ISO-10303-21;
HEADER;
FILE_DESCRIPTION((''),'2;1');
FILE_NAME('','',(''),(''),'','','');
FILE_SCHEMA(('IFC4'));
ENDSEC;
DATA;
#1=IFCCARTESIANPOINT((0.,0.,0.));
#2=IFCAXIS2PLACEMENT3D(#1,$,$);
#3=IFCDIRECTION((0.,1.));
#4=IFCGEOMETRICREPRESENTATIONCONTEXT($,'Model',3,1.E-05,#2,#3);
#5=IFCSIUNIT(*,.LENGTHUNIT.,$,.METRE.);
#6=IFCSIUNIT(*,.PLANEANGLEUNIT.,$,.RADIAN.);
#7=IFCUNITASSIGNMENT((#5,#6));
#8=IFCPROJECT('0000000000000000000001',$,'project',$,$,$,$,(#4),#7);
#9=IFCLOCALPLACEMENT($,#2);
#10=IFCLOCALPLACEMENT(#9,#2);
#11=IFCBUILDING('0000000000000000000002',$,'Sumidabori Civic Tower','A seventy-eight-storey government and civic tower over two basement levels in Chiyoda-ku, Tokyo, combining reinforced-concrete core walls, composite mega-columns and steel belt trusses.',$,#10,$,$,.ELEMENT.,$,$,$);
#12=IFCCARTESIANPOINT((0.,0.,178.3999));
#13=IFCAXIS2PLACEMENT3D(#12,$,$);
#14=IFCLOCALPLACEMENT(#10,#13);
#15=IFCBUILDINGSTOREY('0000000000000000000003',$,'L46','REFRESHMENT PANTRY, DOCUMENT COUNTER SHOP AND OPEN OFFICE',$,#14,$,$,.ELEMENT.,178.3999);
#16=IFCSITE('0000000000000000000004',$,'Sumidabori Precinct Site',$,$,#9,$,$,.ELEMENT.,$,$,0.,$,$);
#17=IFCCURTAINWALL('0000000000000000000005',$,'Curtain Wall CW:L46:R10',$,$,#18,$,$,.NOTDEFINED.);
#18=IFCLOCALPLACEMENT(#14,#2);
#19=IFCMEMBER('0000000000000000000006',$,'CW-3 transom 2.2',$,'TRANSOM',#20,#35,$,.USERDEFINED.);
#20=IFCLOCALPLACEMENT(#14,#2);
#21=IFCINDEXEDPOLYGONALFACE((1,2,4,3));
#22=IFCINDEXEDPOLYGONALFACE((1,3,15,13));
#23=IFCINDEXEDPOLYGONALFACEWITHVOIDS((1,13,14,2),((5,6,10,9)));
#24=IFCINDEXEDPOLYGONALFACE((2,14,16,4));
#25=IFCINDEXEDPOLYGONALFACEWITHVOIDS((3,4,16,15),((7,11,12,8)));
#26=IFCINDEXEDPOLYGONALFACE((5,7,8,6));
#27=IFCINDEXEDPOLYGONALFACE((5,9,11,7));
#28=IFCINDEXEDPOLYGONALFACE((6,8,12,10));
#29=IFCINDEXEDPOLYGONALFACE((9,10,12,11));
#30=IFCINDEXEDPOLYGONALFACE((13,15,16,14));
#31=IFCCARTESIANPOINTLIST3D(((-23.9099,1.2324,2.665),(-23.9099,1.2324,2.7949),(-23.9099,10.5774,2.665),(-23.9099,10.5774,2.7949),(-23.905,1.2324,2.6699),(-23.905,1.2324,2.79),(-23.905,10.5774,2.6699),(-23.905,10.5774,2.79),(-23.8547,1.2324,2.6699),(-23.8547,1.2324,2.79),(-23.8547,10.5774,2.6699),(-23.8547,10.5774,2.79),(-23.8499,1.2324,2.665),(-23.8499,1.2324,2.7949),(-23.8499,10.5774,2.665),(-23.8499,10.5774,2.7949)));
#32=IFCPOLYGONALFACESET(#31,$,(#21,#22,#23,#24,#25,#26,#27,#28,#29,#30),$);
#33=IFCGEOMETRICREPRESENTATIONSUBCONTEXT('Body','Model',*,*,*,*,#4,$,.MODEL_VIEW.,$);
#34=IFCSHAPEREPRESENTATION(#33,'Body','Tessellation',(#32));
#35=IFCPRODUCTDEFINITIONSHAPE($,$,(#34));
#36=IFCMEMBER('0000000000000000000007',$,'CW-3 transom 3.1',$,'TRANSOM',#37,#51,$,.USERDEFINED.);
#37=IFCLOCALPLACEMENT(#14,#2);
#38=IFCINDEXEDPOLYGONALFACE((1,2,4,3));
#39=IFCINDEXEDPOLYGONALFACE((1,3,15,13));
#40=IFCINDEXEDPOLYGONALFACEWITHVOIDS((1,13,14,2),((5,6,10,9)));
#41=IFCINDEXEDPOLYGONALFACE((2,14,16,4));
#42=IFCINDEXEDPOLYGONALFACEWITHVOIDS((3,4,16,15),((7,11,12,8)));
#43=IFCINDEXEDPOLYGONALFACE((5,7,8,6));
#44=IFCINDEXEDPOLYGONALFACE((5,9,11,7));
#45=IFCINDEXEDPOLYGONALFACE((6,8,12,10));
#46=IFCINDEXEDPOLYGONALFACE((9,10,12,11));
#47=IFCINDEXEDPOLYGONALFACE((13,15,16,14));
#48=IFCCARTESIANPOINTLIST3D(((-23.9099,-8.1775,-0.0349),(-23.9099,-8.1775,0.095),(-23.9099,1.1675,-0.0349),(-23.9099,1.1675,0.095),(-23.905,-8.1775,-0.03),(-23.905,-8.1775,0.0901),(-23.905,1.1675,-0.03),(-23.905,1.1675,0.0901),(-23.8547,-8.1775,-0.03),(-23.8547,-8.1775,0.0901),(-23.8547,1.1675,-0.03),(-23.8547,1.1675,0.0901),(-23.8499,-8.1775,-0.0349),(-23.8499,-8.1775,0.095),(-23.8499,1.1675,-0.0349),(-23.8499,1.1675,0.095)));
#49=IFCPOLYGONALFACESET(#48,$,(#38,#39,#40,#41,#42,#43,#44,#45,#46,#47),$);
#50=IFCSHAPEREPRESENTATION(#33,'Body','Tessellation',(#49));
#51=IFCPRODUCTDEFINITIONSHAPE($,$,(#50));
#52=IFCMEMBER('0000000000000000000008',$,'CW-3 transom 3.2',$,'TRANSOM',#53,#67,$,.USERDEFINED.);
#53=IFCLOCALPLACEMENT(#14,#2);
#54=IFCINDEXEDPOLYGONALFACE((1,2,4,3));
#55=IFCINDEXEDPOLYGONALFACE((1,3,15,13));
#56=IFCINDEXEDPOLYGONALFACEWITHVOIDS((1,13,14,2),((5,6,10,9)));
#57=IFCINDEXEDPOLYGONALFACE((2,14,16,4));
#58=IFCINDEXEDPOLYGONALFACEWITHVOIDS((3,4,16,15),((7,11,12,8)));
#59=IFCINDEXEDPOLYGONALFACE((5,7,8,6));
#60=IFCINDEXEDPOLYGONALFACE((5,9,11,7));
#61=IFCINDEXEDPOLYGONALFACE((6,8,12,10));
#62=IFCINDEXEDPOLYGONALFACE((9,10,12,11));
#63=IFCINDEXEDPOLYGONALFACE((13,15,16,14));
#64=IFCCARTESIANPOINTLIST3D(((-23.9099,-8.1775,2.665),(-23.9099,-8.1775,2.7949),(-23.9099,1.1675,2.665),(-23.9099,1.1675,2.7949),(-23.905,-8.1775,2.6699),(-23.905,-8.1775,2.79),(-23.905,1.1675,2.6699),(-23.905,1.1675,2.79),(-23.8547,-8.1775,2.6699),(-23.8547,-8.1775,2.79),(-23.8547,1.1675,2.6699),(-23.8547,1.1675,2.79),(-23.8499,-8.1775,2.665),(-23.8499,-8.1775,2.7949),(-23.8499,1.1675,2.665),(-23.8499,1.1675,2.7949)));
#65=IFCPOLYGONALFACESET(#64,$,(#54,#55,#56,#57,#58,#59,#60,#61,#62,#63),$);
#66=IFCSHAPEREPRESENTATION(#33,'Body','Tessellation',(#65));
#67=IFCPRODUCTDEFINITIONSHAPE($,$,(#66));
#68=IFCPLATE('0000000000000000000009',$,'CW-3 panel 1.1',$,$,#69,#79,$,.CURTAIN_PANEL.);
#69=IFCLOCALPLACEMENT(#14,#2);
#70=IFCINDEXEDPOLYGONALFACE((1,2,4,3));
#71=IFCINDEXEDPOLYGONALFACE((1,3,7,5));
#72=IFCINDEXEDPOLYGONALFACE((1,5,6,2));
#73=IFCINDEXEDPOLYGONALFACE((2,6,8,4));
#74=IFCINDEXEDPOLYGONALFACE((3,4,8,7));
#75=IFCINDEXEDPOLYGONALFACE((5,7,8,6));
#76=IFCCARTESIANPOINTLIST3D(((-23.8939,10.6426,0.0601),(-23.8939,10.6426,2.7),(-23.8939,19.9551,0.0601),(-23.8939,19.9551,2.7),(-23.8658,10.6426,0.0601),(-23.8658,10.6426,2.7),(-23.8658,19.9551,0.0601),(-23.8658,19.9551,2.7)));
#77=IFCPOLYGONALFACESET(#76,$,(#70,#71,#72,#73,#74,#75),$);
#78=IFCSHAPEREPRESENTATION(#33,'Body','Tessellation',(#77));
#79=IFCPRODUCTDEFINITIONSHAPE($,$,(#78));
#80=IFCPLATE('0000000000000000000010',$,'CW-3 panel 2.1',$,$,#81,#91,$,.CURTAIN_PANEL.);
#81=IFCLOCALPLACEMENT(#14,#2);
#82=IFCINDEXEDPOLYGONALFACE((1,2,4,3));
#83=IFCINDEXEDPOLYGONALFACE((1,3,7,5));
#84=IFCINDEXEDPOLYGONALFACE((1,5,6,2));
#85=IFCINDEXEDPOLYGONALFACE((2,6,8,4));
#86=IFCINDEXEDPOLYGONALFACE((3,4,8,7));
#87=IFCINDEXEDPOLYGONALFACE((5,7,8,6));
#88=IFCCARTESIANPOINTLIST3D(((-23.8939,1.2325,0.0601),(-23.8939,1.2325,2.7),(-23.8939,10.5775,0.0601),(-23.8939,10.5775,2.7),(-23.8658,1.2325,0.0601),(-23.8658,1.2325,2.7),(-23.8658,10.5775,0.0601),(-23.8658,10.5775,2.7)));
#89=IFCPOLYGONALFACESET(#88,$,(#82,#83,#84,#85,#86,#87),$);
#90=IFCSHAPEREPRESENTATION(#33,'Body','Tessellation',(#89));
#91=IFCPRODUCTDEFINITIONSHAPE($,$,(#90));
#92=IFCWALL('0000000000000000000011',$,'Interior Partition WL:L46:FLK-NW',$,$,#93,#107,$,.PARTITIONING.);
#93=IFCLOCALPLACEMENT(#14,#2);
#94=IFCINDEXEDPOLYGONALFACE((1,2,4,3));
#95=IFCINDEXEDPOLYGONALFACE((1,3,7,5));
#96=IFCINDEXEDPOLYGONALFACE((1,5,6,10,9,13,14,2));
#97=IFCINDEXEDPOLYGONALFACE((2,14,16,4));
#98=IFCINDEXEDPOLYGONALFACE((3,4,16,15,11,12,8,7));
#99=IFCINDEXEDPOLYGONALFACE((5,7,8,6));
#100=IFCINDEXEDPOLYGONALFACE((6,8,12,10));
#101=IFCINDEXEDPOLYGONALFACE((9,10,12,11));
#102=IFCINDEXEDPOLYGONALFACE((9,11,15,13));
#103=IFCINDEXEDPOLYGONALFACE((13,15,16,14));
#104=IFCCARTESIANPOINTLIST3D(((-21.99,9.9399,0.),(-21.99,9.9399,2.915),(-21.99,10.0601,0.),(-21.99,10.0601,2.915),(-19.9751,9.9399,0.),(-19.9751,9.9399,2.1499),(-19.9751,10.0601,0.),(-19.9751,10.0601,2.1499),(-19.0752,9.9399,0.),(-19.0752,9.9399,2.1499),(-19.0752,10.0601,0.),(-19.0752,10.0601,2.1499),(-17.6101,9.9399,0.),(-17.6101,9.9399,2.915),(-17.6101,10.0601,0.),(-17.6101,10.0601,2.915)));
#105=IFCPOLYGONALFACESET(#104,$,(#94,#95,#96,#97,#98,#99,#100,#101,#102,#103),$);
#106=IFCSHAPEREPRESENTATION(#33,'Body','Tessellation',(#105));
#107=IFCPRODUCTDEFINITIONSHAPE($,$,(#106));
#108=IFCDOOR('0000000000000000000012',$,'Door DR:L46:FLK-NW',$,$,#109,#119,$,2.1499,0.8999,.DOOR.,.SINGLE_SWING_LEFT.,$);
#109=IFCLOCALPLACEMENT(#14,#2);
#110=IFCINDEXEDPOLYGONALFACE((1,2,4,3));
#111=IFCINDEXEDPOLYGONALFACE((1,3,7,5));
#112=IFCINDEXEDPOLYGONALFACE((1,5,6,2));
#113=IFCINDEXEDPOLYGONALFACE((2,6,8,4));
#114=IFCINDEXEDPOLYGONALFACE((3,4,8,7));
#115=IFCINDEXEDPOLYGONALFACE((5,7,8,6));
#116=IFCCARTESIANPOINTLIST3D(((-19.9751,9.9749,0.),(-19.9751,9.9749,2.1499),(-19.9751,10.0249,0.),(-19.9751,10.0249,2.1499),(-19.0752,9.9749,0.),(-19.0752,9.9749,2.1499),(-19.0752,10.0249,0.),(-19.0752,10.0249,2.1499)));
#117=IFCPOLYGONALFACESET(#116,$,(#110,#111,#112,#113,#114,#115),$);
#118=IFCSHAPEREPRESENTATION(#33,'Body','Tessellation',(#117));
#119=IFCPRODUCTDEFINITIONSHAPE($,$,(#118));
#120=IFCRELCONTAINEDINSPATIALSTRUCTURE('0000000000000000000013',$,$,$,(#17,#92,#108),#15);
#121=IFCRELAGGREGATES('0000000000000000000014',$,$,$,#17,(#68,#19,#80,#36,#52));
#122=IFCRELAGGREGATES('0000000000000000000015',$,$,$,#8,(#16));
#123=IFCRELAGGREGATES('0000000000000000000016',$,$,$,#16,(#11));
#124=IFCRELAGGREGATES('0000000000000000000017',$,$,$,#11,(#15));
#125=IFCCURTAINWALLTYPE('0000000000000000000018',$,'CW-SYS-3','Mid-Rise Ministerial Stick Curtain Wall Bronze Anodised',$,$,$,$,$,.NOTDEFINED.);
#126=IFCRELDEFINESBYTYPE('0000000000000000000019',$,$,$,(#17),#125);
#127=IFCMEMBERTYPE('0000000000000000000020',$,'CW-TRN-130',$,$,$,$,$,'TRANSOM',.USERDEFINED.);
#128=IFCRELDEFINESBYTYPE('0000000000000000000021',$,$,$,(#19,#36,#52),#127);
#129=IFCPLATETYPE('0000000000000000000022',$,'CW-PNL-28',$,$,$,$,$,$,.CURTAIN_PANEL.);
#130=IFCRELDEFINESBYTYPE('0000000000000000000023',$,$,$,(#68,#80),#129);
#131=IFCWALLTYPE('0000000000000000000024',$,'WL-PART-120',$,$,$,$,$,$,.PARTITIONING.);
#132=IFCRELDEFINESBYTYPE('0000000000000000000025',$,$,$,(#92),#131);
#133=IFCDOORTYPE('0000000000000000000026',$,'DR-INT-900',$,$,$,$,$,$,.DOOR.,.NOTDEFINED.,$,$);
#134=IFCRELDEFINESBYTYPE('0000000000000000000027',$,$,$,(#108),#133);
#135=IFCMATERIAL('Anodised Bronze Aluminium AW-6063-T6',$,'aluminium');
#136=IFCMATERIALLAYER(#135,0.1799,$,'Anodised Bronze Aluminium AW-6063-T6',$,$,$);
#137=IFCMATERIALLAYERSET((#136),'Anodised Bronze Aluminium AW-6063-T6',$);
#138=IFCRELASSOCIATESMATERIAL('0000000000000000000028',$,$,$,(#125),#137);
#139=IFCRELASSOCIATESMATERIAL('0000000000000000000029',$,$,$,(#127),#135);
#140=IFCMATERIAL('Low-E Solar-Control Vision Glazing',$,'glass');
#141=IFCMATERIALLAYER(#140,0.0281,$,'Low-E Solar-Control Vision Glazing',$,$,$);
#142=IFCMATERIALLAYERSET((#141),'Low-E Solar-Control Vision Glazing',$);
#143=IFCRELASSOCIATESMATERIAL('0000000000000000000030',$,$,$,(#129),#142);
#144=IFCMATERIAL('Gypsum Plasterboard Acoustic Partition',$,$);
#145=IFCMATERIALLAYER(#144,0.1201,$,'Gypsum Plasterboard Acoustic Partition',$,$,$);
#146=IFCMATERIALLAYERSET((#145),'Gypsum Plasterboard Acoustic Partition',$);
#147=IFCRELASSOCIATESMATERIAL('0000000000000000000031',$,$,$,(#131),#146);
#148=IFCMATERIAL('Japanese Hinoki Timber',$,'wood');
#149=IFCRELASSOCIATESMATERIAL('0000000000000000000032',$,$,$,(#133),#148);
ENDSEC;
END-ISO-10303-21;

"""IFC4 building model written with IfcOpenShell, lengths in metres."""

from ifc_helpers import new_model, si_unit, direction, frame, frame_2d, origin, origin_2d, place, context, subcontext, project, spatial, rectangle, hollow_rectangle, extrude, source, transform, mapped, material, layer, layer_set, material_profile, profile_set, type_object, element, fill, aggregate, save


model = new_model("IFC4")

# Units and contexts
model_context = context("Model", 3, precision=1e-05, world=origin(), true_north=direction((0.0, 1.0)))
body_context = subcontext(model_context, "Body", "Model", "MODEL_VIEW")
ifc_project = project(units=[si_unit("LENGTHUNIT", "METRE"), si_unit("PLANEANGLEUNIT", "RADIAN")], contexts=[model_context])

# Site, building, storey
site_placement = place(None, origin())
site = spatial("IfcSite", under=ifc_project, at=site_placement, Name="Sumidabori Precinct Site", CompositionType="ELEMENT", RefElevation=0.0)
building_placement = place(site_placement, origin())
building = spatial("IfcBuilding", under=site, at=building_placement, Name="Sumidabori Civic Tower", Description="A seventy-eight-storey government and civic tower over two basement levels in Chiyoda-ku, Tokyo, combining reinforced-concrete core walls, composite mega-columns and steel belt trusses.", CompositionType="ELEMENT")
storey_placement = place(building_placement, frame((0.0, 0.0, 178.3999)))
storey = spatial("IfcBuildingStorey", under=building, at=storey_placement, Name="L46", Description="REFRESHMENT PANTRY, DOCUMENT COUNTER SHOP AND OPEN OFFICE", CompositionType="ELEMENT", Elevation=178.3999)

# Curtain wall, members, plates
ifc_material_1 = material(Name="Anodised Bronze Aluminium AW-6063-T6", Category="aluminium")
ifc_layer_1 = layer(ifc_material_1, 0.1799, Name="Anodised Bronze Aluminium AW-6063-T6")
ifc_layer_set_1 = layer_set([ifc_layer_1], Name="Anodised Bronze Aluminium AW-6063-T6")
curtain_wall_type = type_object("IfcCurtainWallType", Name="CW-SYS-3", Description="Mid-Rise Ministerial Stick Curtain Wall Bronze Anodised", PredefinedType="NOTDEFINED", material=ifc_layer_set_1)
curtain_wall_placement = place(storey_placement, origin())
curtain_wall = element("IfcCurtainWall", 1, at=curtain_wall_placement, inside=storey, type_object=curtain_wall_type, Name="Curtain Wall CW:L46:R10", PredefinedType="NOTDEFINED")
ifc_material_profile_1 = material_profile(ifc_material_1, hollow_rectangle(XDim=0.0601, YDim=0.1299, WallThickness=0.0049, at=origin_2d()), Name="ALU TRANSOM 130x60")
ifc_profile_set_1 = profile_set([ifc_material_profile_1], Name="Anodised Bronze Aluminium AW-6063-T6")
member_type_1 = type_object("IfcMemberType", Name="CW-TRN-130", ElementType="TRANSOM", PredefinedType="USERDEFINED", material=ifc_profile_set_1)
shared_shape_1 = source(origin(), body_context, "Body", "SweptSolid", [
    extrude(hollow_rectangle(XDim=0.0601, YDim=0.1299, WallThickness=0.0049, at=origin_2d()), origin(), (0.0, 0.0, 1.0), 9.345),
])
member_1_placement = place(storey_placement, frame((-23.8799, 10.5774, 2.73), z_axis=(0.0, -1.0, 0.0), x_axis=(1.0, 0.0, 0.0)))
member_1 = element("IfcMember", 2, at=member_1_placement, type_object=member_type_1, Name="CW-3 transom 2.2", ObjectType="TRANSOM", PredefinedType="USERDEFINED", context=body_context, shape_type="MappedRepresentation", body=[
    mapped(shared_shape_1, transform((0.0, 0.0, 0.0), x_axis=(1.0, 0.0, 0.0), y_axis=(0.0, 1.0, 0.0), z_axis=(0.0, 0.0, 1.0), scale=1.0)),
])
member_2_placement = place(storey_placement, frame((-23.8799, 1.1675, 0.03), z_axis=(0.0, -1.0, 0.0), x_axis=(1.0, 0.0, 0.0)))
member_2 = element("IfcMember", 3, at=member_2_placement, type_object=member_type_1, Name="CW-3 transom 3.1", ObjectType="TRANSOM", PredefinedType="USERDEFINED", context=body_context, shape_type="MappedRepresentation", body=[
    mapped(shared_shape_1, transform((0.0, 0.0, 0.0), x_axis=(1.0, 0.0, 0.0), y_axis=(0.0, 1.0, 0.0), z_axis=(0.0, 0.0, 1.0), scale=1.0)),
])
member_3_placement = place(storey_placement, frame((-23.8799, 1.1675, 2.73), z_axis=(0.0, -1.0, 0.0), x_axis=(1.0, 0.0, 0.0)))
member_3 = element("IfcMember", 4, at=member_3_placement, type_object=member_type_1, Name="CW-3 transom 3.2", ObjectType="TRANSOM", PredefinedType="USERDEFINED", context=body_context, shape_type="MappedRepresentation", body=[
    mapped(shared_shape_1, transform((0.0, 0.0, 0.0), x_axis=(1.0, 0.0, 0.0), y_axis=(0.0, 1.0, 0.0), z_axis=(0.0, 0.0, 1.0), scale=1.0)),
])
ifc_material_2 = material(Name="Low-E Solar-Control Vision Glazing", Category="glass")
ifc_layer_2 = layer(ifc_material_2, 0.0281, Name="Low-E Solar-Control Vision Glazing")
ifc_layer_set_2 = layer_set([ifc_layer_2], Name="Low-E Solar-Control Vision Glazing")
plate_type = type_object("IfcPlateType", Name="CW-PNL-28", PredefinedType="CURTAIN_PANEL", material=ifc_layer_set_2)
shared_shape_2 = source(origin(), body_context, "Body", "SweptSolid", [
    extrude(rectangle(XDim=9.3125, YDim=0.0281, at=origin_2d()), origin(), (0.0, 0.0, 1.0), 2.6399),
])
plate_1_placement = place(storey_placement, frame((-23.8799, 15.2988, 0.0601), z_axis=(0.0, 0.0, 1.0), x_axis=(0.0, -1.0, 0.0)))
plate_1 = element("IfcPlate", 5, at=plate_1_placement, type_object=plate_type, Name="CW-3 panel 1.1", PredefinedType="CURTAIN_PANEL", context=body_context, shape_type="MappedRepresentation", body=[
    mapped(shared_shape_2, transform((0.0, 0.0, 0.0), x_axis=(1.0, 0.0, 0.0), y_axis=(0.0, 1.0, 0.0), z_axis=(0.0, 0.0, 1.0), scale=1.0)),
])
shared_shape_3 = source(origin(), body_context, "Body", "SweptSolid", [
    extrude(rectangle(XDim=9.345, YDim=0.0281, at=origin_2d()), origin(), (0.0, 0.0, 1.0), 2.6399),
])
plate_2_placement = place(storey_placement, frame((-23.8799, 5.905, 0.0601), z_axis=(0.0, 0.0, 1.0), x_axis=(0.0, -1.0, 0.0)))
plate_2 = element("IfcPlate", 6, at=plate_2_placement, type_object=plate_type, Name="CW-3 panel 2.1", PredefinedType="CURTAIN_PANEL", context=body_context, shape_type="MappedRepresentation", body=[
    mapped(shared_shape_3, transform((0.0, 0.0, 0.0), x_axis=(1.0, 0.0, 0.0), y_axis=(0.0, 1.0, 0.0), z_axis=(0.0, 0.0, 1.0), scale=1.0)),
])
aggregate(curtain_wall, [plate_1, member_1, plate_2, member_2, member_3])

# Wall, opening, door
ifc_material_3 = material(Name="Gypsum Plasterboard Acoustic Partition")
ifc_layer_3 = layer(ifc_material_3, 0.1201, Name="Gypsum Plasterboard Acoustic Partition")
ifc_layer_set_3 = layer_set([ifc_layer_3], Name="Gypsum Plasterboard Acoustic Partition")
wall_type = type_object("IfcWallType", Name="WL-PART-120", PredefinedType="PARTITIONING", material=ifc_layer_set_3)
shared_shape_4 = source(origin(), body_context, "Body", "SweptSolid", [
    extrude(rectangle(XDim=4.3799, YDim=0.1201, at=frame_2d((2.1899, 0.0))), origin(), (0.0, 0.0, 1.0), 2.915),
])
wall_1_placement = place(storey_placement, frame((-21.99, 10.0, 0.0), z_axis=(0.0, 0.0, 1.0), x_axis=(1.0, 0.0, 0.0)))
wall_1 = element("IfcWall", 7, at=wall_1_placement, inside=storey, type_object=wall_type, Name="Interior Partition WL:L46:FLK-NW", PredefinedType="PARTITIONING", context=body_context, shape_type="MappedRepresentation", body=[
    mapped(shared_shape_4, transform((0.0, 0.0, 0.0), x_axis=(1.0, 0.0, 0.0), y_axis=(0.0, 1.0, 0.0), z_axis=(0.0, 0.0, 1.0), scale=1.0)),
])
opening_1_placement = place(wall_1_placement, frame((2.0149, 0.0, 0.0)))
opening_1 = element("IfcOpeningElement", 8, at=opening_1_placement, cuts=wall_1, PredefinedType="OPENING", context=body_context, shape_type="SweptSolid", body=[
    extrude(rectangle(XDim=0.8999, YDim=2.1499, at=frame_2d((0.45, 1.075))), frame((0.0, 0.072, 0.0), z_axis=(0.0, -1.0, 0.0), x_axis=(1.0, 0.0, 0.0)), (0.0, 0.0, 1.0), 0.144),
])
ifc_material_4 = material(Name="Japanese Hinoki Timber", Category="wood")
door_type_1 = type_object("IfcDoorType", Name="DR-INT-900", OperationType="NOTDEFINED", PredefinedType="DOOR", material=ifc_material_4)
shared_shape_5 = source(origin(), body_context, "Body", "SweptSolid", [
    extrude(rectangle(XDim=0.8999, YDim=2.1499, at=frame_2d((0.45, 1.075))), frame((0.0, 0.0249, 0.0), z_axis=(0.0, -1.0, 0.0), x_axis=(1.0, 0.0, 0.0)), (0.0, 0.0, 1.0), 0.05),
])
door_1_placement = place(opening_1_placement, origin())
door_1 = element("IfcDoor", 9, at=door_1_placement, inside=storey, type_object=door_type_1, Name="Door DR:L46:FLK-NW", OperationType="SINGLE_SWING_LEFT", OverallHeight=2.1499, OverallWidth=0.8999, PredefinedType="DOOR", context=body_context, shape_type="MappedRepresentation", body=[
    mapped(shared_shape_5, transform((0.0, 0.0, 0.0), x_axis=(1.0, 0.0, 0.0), y_axis=(0.0, 1.0, 0.0), z_axis=(0.0, 0.0, 1.0), scale=1.0)),
])
fill(opening_1, door_1)

save(model, "model.ifc")
